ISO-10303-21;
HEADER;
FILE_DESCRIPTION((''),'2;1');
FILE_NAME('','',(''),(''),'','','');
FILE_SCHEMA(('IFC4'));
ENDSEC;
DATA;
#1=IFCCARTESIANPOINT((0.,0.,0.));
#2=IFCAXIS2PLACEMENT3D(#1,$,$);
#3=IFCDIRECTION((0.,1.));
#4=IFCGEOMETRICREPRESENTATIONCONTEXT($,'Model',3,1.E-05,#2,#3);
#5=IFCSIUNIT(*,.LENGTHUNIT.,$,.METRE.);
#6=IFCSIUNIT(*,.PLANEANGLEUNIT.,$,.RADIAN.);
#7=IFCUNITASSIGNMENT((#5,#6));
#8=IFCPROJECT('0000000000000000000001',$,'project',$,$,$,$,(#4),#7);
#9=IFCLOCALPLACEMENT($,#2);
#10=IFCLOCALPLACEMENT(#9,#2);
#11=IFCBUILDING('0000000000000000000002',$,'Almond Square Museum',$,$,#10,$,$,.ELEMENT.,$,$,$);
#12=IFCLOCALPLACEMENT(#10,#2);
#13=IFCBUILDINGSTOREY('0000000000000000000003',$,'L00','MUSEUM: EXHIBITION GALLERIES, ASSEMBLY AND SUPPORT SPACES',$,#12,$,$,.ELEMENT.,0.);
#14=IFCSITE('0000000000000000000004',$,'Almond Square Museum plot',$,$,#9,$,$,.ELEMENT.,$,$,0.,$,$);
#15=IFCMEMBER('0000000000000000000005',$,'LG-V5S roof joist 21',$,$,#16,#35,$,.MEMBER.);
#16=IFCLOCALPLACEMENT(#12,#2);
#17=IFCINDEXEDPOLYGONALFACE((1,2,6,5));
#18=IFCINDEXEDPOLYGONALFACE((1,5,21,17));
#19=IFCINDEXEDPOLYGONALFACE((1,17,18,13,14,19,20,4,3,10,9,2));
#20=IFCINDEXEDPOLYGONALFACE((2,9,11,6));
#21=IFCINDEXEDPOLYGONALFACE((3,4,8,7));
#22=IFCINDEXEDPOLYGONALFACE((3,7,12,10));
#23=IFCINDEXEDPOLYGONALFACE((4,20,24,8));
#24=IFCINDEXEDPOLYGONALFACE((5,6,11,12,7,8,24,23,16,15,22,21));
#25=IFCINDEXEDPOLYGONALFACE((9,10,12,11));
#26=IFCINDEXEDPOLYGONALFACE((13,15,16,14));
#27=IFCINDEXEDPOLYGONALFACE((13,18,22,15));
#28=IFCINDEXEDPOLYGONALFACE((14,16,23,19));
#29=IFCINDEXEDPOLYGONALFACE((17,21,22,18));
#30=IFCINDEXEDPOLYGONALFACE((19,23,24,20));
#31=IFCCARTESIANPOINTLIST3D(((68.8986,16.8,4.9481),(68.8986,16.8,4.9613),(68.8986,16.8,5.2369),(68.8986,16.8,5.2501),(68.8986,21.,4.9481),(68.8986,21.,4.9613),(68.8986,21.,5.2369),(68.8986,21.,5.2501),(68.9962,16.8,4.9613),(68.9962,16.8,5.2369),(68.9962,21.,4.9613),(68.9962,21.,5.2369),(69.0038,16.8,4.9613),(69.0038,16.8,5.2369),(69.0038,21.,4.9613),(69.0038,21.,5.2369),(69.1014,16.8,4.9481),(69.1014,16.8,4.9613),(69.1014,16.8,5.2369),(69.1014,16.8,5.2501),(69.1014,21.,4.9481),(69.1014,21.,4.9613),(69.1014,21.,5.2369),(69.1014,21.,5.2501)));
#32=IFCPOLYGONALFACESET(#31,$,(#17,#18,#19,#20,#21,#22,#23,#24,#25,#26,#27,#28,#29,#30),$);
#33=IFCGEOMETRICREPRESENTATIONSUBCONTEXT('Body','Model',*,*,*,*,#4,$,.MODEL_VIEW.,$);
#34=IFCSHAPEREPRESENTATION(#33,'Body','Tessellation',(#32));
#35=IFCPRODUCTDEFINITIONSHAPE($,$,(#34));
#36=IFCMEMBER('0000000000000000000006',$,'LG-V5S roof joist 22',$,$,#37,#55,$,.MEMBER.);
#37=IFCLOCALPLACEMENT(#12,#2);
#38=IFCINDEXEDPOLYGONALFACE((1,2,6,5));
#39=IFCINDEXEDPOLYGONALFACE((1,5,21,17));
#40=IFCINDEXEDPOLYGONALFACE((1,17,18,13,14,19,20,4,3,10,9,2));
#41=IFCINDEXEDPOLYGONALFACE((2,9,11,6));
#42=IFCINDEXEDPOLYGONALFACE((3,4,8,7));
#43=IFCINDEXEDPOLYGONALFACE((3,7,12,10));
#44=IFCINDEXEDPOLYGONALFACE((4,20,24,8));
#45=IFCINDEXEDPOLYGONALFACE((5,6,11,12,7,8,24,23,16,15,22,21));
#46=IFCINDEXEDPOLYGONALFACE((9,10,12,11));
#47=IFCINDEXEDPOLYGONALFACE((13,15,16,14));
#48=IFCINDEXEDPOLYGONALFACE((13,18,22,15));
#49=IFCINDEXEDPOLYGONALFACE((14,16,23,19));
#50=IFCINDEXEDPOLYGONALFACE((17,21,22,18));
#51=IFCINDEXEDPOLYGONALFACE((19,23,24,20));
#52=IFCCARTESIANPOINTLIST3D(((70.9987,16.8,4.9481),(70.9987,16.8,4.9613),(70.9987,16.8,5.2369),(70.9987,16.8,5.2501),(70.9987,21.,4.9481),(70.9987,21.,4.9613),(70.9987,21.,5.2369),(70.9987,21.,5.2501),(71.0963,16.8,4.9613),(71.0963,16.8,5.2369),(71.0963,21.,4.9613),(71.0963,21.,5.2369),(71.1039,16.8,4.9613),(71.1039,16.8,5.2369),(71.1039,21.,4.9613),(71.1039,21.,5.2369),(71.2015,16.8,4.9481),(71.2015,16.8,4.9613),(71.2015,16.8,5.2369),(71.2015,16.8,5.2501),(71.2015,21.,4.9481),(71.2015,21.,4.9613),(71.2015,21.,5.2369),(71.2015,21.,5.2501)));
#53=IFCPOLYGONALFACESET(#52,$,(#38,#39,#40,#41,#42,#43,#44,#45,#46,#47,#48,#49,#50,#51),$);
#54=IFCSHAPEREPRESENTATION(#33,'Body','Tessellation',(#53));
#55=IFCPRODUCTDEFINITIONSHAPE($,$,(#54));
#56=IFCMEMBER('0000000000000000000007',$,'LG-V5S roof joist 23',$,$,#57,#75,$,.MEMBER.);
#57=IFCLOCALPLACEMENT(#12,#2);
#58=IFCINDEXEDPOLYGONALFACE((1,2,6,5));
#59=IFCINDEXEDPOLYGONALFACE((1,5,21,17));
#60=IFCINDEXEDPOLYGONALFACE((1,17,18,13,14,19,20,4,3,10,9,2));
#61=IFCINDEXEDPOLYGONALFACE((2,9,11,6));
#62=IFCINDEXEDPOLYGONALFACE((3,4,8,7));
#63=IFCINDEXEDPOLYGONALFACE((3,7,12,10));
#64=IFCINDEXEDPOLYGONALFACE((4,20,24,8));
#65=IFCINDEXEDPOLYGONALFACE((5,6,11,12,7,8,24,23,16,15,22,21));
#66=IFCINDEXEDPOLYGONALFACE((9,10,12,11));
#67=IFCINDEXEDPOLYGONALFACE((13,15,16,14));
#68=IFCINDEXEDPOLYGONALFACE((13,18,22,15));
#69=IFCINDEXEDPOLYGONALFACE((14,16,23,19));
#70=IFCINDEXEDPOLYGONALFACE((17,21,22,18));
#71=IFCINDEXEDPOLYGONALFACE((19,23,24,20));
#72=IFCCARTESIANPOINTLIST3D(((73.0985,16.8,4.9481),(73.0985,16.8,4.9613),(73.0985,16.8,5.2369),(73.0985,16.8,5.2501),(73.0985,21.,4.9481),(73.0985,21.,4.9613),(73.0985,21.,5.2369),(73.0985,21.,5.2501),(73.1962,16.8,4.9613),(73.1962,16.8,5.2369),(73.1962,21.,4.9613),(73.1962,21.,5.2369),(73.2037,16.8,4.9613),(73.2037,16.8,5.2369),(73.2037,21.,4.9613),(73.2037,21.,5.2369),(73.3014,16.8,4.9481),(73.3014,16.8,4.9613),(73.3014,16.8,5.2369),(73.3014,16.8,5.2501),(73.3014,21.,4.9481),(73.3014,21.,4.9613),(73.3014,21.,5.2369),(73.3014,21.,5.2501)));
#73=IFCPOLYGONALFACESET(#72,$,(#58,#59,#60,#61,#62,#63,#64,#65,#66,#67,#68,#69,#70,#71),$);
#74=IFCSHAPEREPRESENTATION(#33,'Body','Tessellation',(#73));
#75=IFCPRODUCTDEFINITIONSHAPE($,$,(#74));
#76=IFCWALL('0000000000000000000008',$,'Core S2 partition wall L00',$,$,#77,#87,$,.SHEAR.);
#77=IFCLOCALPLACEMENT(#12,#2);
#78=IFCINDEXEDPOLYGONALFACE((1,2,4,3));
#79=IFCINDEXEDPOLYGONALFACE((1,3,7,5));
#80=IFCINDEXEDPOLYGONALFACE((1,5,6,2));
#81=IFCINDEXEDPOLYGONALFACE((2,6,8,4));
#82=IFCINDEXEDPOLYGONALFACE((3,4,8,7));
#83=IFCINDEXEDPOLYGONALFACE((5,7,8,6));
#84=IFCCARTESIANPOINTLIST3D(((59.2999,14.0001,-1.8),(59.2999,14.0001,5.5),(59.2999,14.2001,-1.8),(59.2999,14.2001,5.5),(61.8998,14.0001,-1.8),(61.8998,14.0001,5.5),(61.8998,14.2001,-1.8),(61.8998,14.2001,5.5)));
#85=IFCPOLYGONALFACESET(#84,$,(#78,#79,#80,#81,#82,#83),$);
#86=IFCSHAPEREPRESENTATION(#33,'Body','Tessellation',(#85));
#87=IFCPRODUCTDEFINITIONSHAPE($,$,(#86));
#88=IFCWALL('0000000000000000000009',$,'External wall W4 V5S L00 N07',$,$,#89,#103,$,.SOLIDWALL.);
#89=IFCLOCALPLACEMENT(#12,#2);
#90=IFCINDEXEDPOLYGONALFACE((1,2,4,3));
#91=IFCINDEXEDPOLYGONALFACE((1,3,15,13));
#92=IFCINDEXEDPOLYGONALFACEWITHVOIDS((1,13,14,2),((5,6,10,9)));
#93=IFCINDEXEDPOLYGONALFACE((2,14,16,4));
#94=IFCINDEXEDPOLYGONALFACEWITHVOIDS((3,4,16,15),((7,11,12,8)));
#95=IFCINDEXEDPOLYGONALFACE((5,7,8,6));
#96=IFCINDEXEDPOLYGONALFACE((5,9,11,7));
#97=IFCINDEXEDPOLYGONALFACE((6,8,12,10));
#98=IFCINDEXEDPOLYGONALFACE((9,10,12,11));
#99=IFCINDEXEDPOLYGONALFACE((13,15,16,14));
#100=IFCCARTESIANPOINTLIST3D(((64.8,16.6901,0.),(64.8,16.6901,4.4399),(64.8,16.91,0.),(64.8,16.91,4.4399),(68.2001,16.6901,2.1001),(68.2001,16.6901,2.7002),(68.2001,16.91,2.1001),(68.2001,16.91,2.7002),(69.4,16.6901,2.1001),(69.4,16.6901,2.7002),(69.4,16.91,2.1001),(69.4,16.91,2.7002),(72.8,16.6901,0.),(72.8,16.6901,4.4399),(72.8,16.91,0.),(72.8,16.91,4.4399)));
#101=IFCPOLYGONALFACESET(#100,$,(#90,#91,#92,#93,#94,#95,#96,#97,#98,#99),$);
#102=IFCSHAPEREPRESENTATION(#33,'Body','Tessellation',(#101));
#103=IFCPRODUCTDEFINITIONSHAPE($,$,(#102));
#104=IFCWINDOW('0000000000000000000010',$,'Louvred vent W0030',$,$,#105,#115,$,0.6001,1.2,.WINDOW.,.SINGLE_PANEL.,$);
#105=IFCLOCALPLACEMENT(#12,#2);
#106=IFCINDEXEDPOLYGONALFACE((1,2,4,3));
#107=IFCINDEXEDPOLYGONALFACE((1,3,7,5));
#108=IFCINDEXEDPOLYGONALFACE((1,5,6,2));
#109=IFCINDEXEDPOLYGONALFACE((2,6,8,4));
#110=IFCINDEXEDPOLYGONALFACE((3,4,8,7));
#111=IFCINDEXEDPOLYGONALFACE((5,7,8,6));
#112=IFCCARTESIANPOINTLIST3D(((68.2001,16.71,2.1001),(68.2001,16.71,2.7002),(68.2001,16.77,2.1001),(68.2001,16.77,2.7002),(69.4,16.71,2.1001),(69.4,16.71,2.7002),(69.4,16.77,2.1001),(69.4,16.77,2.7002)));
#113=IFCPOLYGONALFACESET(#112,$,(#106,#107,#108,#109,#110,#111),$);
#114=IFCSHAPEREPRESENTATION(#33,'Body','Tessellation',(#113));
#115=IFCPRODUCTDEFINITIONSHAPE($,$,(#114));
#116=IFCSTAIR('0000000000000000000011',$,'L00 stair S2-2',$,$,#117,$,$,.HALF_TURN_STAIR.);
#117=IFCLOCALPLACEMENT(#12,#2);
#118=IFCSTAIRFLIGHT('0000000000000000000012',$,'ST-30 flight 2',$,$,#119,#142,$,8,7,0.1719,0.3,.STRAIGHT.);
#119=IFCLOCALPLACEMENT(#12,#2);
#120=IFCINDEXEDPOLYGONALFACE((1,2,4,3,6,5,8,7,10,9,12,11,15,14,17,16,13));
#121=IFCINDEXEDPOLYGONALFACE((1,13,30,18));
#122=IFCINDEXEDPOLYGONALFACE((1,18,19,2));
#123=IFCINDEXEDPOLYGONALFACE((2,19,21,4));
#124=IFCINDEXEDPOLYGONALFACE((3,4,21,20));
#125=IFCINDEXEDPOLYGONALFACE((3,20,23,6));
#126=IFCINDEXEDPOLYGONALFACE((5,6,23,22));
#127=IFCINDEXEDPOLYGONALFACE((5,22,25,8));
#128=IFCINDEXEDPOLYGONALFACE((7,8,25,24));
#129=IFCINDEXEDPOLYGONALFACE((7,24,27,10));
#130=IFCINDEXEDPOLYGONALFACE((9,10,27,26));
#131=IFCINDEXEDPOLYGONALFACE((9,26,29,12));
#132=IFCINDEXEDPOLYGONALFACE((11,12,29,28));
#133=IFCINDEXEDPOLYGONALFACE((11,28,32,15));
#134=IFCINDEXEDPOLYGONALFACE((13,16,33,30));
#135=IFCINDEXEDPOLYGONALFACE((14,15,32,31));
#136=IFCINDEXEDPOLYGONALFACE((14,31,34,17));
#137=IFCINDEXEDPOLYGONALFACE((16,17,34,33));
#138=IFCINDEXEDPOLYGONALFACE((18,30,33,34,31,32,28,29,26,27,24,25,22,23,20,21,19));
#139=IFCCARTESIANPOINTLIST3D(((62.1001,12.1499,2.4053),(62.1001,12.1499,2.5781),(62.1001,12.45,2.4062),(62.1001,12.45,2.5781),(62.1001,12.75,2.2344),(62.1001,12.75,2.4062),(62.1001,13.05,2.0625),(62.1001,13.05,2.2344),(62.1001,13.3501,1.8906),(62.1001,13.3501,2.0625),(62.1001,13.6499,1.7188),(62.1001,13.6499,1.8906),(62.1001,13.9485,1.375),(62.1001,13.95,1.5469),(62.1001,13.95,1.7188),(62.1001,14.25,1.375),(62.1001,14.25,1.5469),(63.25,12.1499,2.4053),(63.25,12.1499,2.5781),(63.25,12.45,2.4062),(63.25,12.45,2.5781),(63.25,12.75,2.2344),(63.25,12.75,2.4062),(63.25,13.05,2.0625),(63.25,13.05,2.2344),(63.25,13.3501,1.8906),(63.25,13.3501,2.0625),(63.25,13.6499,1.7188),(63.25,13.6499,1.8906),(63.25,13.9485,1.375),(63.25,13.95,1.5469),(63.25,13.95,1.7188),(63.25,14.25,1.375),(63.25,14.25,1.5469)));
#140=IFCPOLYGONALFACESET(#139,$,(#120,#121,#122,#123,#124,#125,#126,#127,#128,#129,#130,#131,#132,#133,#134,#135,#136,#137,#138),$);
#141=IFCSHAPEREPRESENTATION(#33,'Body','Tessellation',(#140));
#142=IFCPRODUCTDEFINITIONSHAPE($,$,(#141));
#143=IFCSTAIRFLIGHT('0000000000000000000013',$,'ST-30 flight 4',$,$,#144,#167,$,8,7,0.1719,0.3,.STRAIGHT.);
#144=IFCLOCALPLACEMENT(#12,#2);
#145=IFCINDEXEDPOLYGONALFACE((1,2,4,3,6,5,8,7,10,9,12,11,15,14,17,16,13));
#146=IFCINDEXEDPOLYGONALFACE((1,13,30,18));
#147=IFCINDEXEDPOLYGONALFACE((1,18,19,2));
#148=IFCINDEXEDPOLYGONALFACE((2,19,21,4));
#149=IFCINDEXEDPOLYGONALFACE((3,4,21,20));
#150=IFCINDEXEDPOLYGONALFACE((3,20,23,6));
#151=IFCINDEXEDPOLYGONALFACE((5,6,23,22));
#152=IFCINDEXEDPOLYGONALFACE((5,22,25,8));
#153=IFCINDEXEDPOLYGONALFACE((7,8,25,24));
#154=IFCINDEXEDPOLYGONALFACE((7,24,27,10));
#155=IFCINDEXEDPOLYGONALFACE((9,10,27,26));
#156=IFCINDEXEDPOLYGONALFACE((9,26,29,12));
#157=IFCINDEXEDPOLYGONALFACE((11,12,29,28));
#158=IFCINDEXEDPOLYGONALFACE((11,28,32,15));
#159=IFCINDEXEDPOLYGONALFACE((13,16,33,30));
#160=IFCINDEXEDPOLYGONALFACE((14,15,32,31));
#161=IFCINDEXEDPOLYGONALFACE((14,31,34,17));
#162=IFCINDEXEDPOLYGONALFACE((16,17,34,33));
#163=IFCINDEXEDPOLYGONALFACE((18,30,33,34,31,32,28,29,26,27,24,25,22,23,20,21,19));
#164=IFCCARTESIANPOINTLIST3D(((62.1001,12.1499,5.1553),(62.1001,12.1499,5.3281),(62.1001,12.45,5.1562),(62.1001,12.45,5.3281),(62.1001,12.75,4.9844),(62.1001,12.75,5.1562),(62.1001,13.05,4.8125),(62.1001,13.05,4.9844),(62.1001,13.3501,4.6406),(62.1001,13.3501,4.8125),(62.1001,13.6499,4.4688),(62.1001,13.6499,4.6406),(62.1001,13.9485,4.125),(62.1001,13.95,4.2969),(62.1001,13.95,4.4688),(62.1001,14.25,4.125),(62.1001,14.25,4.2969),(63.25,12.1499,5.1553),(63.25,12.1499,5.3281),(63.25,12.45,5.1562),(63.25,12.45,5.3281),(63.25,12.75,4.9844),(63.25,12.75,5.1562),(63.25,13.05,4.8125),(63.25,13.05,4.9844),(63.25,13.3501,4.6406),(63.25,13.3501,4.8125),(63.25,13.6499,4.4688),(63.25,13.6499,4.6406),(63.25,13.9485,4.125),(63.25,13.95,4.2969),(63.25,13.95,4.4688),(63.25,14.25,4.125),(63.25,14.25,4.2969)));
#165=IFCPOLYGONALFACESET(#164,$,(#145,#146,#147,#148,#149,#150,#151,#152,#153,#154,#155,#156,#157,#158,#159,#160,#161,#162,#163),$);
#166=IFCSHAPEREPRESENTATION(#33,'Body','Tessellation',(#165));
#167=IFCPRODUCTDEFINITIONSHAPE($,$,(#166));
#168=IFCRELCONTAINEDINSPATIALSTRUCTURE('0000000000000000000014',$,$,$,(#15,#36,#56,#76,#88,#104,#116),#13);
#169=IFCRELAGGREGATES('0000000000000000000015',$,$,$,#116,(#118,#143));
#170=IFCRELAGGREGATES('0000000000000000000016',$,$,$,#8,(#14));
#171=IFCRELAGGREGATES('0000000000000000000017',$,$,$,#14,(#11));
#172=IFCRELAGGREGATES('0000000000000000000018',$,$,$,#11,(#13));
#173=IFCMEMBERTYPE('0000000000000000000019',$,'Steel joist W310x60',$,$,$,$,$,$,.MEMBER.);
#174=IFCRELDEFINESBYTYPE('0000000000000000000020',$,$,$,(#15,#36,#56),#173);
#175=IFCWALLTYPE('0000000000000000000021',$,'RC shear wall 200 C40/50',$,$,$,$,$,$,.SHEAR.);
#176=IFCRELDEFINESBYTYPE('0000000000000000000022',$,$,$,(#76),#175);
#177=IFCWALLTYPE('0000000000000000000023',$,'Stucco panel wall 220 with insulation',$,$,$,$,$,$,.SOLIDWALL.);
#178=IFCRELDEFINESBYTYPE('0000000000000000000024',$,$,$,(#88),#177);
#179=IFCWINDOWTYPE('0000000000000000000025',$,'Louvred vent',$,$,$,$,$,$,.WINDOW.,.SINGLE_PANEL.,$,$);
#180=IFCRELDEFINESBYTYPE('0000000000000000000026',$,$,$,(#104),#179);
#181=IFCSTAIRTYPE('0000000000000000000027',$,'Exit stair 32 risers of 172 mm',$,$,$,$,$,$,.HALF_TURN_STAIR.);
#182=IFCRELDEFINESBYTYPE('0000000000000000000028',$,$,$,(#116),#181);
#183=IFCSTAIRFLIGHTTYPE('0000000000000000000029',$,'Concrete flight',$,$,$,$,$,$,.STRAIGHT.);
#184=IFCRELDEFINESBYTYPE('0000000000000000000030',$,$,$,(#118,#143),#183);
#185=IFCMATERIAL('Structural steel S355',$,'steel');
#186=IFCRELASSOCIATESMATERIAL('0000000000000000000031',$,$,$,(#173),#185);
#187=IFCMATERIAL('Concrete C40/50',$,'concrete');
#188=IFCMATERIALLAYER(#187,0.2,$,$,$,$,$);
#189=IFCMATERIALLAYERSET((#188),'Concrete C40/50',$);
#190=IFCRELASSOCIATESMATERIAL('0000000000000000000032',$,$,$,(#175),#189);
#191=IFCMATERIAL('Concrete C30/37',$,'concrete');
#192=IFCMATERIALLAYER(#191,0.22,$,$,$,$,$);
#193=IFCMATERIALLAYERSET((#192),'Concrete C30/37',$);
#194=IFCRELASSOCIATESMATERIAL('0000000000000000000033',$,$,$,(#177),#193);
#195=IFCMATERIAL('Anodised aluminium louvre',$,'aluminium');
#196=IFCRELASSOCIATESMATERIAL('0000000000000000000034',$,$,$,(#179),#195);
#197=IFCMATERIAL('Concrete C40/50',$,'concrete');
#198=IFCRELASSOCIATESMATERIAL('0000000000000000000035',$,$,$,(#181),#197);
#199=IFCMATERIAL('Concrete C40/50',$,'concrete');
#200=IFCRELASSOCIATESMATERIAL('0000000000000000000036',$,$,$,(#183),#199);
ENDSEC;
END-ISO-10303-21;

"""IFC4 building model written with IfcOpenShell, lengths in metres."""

from ifc_helpers import new_model, si_unit, direction, frame, frame_2d, origin, origin_2d, place, context, subcontext, project, spatial, polyline, rectangle, i_section, outline, extrude, material, layer, layer_set, material_profile, profile_set, type_object, element, fill, aggregate, save


model = new_model("IFC4")

# Units and contexts
model_context = context("Model", 3, precision=1e-05, world=origin(), true_north=direction((0.0, 1.0)))
body_context = subcontext(model_context, "Body", "Model", "MODEL_VIEW")
ifc_project = project(units=[si_unit("LENGTHUNIT", "METRE"), si_unit("PLANEANGLEUNIT", "RADIAN")], contexts=[model_context])

# Site, building, storey
site_placement = place(None, origin())
site = spatial("IfcSite", under=ifc_project, at=site_placement, Name="Almond Square Museum plot", CompositionType="ELEMENT", RefElevation=0.0)
building_placement = place(site_placement, origin())
building = spatial("IfcBuilding", under=site, at=building_placement, Name="Almond Square Museum", CompositionType="ELEMENT")
storey_placement = place(building_placement, origin())
storey = spatial("IfcBuildingStorey", under=building, at=storey_placement, Name="L00", Description="MUSEUM: EXHIBITION GALLERIES, ASSEMBLY AND SUPPORT SPACES", CompositionType="ELEMENT", Elevation=0.0)

# Members
ifc_material_1 = material(Name="Structural steel S355", Category="steel")
ifc_material_profile_1 = material_profile(ifc_material_1, i_section(OverallWidth=0.2029, OverallDepth=0.302, WebThickness=0.0076, FlangeThickness=0.0132, at=origin_2d()))
ifc_profile_set_1 = profile_set([ifc_material_profile_1], Name="Structural steel S355")
member_type = type_object("IfcMemberType", Name="Steel joist W310x60", PredefinedType="MEMBER", material=ifc_profile_set_1)
for number, where, z_axis, x_axis, name in (
    (1, (69.0, 16.8, 5.0991), (0.0, 1.0, 0.0), (-1.0, 0.0, 0.0), "LG-V5S roof joist 21"),
    (2, (71.1001, 16.8, 5.0991), (0.0, 1.0, 0.0), (-1.0, 0.0, 0.0), "LG-V5S roof joist 22"),
    (3, (73.2, 16.8, 5.0991), (0.0, 1.0, 0.0), (-1.0, 0.0, 0.0), "LG-V5S roof joist 23"),
):
    element("IfcMember", number, at=place(storey_placement, frame(where, z_axis=z_axis, x_axis=x_axis)), inside=storey, type_object=member_type, Name=name, PredefinedType="MEMBER", context=body_context, shape_type="SweptSolid", body=[
        extrude(i_section(OverallWidth=0.2029, OverallDepth=0.302, WebThickness=0.0076, FlangeThickness=0.0132, at=origin_2d()), origin(), (0.0, 0.0, 1.0), 4.2),
    ])

# Wall
ifc_material_2 = material(Name="Concrete C40/50", Category="concrete")
ifc_layer_1 = layer(ifc_material_2, 0.2)
ifc_layer_set_1 = layer_set([ifc_layer_1], Name="Concrete C40/50")
wall_type_1 = type_object("IfcWallType", Name="RC shear wall 200 C40/50", PredefinedType="SHEAR", material=ifc_layer_set_1)
wall_1_placement = place(storey_placement, frame((59.3, 14.1001, -1.8), z_axis=(0.0, 0.0, 1.0), x_axis=(1.0, 0.0, 0.0)))
element("IfcWall", 4, at=wall_1_placement, inside=storey, type_object=wall_type_1, Name="Core S2 partition wall L00", PredefinedType="SHEAR", context=body_context, shape_type="SweptSolid", body=[
    extrude(rectangle(XDim=2.5999, YDim=0.2, at=frame_2d((1.2998, 0.0))), origin(), (0.0, 0.0, 1.0), 7.3),
])

# Wall, opening, window
ifc_material_3 = material(Name="Concrete C30/37", Category="concrete")
ifc_layer_2 = layer(ifc_material_3, 0.22)
ifc_layer_set_2 = layer_set([ifc_layer_2], Name="Concrete C30/37")
wall_type_2 = type_object("IfcWallType", Name="Stucco panel wall 220 with insulation", PredefinedType="SOLIDWALL", material=ifc_layer_set_2)
wall_2_placement = place(storey_placement, frame((64.8, 16.8, 0.0), z_axis=(0.0, 0.0, 1.0), x_axis=(1.0, 0.0, 0.0)))
wall_2 = element("IfcWall", 5, at=wall_2_placement, inside=storey, type_object=wall_type_2, Name="External wall W4 V5S L00 N07", PredefinedType="SOLIDWALL", context=body_context, shape_type="SweptSolid", body=[
    extrude(rectangle(XDim=8.0, YDim=0.22, at=frame_2d((4.0, 0.0))), origin(), (0.0, 0.0, 1.0), 4.4399),
])
opening_placement = place(wall_2_placement, frame((3.3999, 0.0, 2.1001)))
opening = element("IfcOpeningElement", 6, at=opening_placement, cuts=wall_2, PredefinedType="OPENING", context=body_context, shape_type="SweptSolid", body=[
    extrude(rectangle(XDim=1.2, YDim=0.6001, at=frame_2d((0.6001, 0.3))), frame((0.0, 0.1199, 0.0), z_axis=(0.0, -1.0, 0.0), x_axis=(1.0, 0.0, 0.0)), (0.0, 0.0, 1.0), 0.24),
])
ifc_material_4 = material(Name="Anodised aluminium louvre", Category="aluminium")
window_type = type_object("IfcWindowType", Name="Louvred vent", PartitioningType="SINGLE_PANEL", PredefinedType="WINDOW", material=ifc_material_4)
window_placement = place(opening_placement, origin())
window = element("IfcWindow", 7, at=window_placement, inside=storey, type_object=window_type, Name="Louvred vent W0030", OverallHeight=0.6001, OverallWidth=1.2, PartitioningType="SINGLE_PANEL", PredefinedType="WINDOW", context=body_context, shape_type="SweptSolid", body=[
    extrude(rectangle(XDim=1.2, YDim=0.6001, at=frame_2d((0.6001, 0.3))), frame((0.0, -0.03, 0.0), z_axis=(0.0, -1.0, 0.0), x_axis=(1.0, 0.0, 0.0)), (0.0, 0.0, 1.0), 0.0601),
])
fill(opening, window)

# Stair, stair flights
ifc_material_5 = material(Name="Concrete C40/50", Category="concrete")
stair_type = type_object("IfcStairType", Name="Exit stair 32 risers of 172 mm", PredefinedType="HALF_TURN_STAIR", material=ifc_material_5)
stair_placement = place(storey_placement, origin())
stair = element("IfcStair", 8, at=stair_placement, inside=storey, type_object=stair_type, Name="L00 stair S2-2", PredefinedType="HALF_TURN_STAIR")
ifc_material_6 = material(Name="Concrete C40/50", Category="concrete")
stair_flight_type = type_object("IfcStairFlightType", Name="Concrete flight", PredefinedType="STRAIGHT", material=ifc_material_6)
stair_flight_1_placement = place(storey_placement, frame((62.675, 14.25, 1.375), z_axis=(0.0, 0.0, 1.0), x_axis=(0.0, -1.0, 0.0)))
stair_flight_1 = element("IfcStairFlight", 9, at=stair_flight_1_placement, type_object=stair_flight_type, Name="ST-30 flight 2", NumberOfRisers=8, NumberOfTreads=7, PredefinedType="STRAIGHT", RiserHeight=0.1719, TreadLength=0.3, context=body_context, shape_type="SweptSolid", body=[
    extrude(outline(polyline([(0.0, 0.0), (0.0, 0.1719), (0.3, 0.1719), (0.3, 0.3438), (0.6001, 0.3438), (0.6001, 0.5156), (0.8999, 0.5156), (0.8999, 0.6875), (1.2, 0.6875), (1.2, 0.8594), (1.5, 0.8594), (1.5, 1.0312), (1.8, 1.0312), (1.8, 1.2031), (2.1001, 1.2031), (2.1001, 1.375), (2.1001, 1.0303), (0.3015, 0.0), (0.0, 0.0)])), frame((0.0, 0.575, 0.0), z_axis=(0.0, -1.0, 0.0), x_axis=(1.0, 0.0, 0.0)), (0.0, 0.0, 1.0), 1.1499),
])
stair_flight_2_placement = place(storey_placement, frame((62.675, 14.25, 4.125), z_axis=(0.0, 0.0, 1.0), x_axis=(0.0, -1.0, 0.0)))
stair_flight_2 = element("IfcStairFlight", 10, at=stair_flight_2_placement, type_object=stair_flight_type, Name="ST-30 flight 4", NumberOfRisers=8, NumberOfTreads=7, PredefinedType="STRAIGHT", RiserHeight=0.1719, TreadLength=0.3, context=body_context, shape_type="SweptSolid", body=[
    extrude(outline(polyline([(0.0, 0.0), (0.0, 0.1719), (0.3, 0.1719), (0.3, 0.3438), (0.6001, 0.3438), (0.6001, 0.5156), (0.8999, 0.5156), (0.8999, 0.6875), (1.2, 0.6875), (1.2, 0.8594), (1.5, 0.8594), (1.5, 1.0312), (1.8, 1.0312), (1.8, 1.2031), (2.1001, 1.2031), (2.1001, 1.375), (2.1001, 1.0303), (0.3015, 0.0), (0.0, 0.0)])), frame((0.0, 0.575, 0.0), z_axis=(0.0, -1.0, 0.0), x_axis=(1.0, 0.0, 0.0)), (0.0, 0.0, 1.0), 1.1499),
])
aggregate(stair, [stair_flight_1, stair_flight_2])

save(model, "model.ifc")
